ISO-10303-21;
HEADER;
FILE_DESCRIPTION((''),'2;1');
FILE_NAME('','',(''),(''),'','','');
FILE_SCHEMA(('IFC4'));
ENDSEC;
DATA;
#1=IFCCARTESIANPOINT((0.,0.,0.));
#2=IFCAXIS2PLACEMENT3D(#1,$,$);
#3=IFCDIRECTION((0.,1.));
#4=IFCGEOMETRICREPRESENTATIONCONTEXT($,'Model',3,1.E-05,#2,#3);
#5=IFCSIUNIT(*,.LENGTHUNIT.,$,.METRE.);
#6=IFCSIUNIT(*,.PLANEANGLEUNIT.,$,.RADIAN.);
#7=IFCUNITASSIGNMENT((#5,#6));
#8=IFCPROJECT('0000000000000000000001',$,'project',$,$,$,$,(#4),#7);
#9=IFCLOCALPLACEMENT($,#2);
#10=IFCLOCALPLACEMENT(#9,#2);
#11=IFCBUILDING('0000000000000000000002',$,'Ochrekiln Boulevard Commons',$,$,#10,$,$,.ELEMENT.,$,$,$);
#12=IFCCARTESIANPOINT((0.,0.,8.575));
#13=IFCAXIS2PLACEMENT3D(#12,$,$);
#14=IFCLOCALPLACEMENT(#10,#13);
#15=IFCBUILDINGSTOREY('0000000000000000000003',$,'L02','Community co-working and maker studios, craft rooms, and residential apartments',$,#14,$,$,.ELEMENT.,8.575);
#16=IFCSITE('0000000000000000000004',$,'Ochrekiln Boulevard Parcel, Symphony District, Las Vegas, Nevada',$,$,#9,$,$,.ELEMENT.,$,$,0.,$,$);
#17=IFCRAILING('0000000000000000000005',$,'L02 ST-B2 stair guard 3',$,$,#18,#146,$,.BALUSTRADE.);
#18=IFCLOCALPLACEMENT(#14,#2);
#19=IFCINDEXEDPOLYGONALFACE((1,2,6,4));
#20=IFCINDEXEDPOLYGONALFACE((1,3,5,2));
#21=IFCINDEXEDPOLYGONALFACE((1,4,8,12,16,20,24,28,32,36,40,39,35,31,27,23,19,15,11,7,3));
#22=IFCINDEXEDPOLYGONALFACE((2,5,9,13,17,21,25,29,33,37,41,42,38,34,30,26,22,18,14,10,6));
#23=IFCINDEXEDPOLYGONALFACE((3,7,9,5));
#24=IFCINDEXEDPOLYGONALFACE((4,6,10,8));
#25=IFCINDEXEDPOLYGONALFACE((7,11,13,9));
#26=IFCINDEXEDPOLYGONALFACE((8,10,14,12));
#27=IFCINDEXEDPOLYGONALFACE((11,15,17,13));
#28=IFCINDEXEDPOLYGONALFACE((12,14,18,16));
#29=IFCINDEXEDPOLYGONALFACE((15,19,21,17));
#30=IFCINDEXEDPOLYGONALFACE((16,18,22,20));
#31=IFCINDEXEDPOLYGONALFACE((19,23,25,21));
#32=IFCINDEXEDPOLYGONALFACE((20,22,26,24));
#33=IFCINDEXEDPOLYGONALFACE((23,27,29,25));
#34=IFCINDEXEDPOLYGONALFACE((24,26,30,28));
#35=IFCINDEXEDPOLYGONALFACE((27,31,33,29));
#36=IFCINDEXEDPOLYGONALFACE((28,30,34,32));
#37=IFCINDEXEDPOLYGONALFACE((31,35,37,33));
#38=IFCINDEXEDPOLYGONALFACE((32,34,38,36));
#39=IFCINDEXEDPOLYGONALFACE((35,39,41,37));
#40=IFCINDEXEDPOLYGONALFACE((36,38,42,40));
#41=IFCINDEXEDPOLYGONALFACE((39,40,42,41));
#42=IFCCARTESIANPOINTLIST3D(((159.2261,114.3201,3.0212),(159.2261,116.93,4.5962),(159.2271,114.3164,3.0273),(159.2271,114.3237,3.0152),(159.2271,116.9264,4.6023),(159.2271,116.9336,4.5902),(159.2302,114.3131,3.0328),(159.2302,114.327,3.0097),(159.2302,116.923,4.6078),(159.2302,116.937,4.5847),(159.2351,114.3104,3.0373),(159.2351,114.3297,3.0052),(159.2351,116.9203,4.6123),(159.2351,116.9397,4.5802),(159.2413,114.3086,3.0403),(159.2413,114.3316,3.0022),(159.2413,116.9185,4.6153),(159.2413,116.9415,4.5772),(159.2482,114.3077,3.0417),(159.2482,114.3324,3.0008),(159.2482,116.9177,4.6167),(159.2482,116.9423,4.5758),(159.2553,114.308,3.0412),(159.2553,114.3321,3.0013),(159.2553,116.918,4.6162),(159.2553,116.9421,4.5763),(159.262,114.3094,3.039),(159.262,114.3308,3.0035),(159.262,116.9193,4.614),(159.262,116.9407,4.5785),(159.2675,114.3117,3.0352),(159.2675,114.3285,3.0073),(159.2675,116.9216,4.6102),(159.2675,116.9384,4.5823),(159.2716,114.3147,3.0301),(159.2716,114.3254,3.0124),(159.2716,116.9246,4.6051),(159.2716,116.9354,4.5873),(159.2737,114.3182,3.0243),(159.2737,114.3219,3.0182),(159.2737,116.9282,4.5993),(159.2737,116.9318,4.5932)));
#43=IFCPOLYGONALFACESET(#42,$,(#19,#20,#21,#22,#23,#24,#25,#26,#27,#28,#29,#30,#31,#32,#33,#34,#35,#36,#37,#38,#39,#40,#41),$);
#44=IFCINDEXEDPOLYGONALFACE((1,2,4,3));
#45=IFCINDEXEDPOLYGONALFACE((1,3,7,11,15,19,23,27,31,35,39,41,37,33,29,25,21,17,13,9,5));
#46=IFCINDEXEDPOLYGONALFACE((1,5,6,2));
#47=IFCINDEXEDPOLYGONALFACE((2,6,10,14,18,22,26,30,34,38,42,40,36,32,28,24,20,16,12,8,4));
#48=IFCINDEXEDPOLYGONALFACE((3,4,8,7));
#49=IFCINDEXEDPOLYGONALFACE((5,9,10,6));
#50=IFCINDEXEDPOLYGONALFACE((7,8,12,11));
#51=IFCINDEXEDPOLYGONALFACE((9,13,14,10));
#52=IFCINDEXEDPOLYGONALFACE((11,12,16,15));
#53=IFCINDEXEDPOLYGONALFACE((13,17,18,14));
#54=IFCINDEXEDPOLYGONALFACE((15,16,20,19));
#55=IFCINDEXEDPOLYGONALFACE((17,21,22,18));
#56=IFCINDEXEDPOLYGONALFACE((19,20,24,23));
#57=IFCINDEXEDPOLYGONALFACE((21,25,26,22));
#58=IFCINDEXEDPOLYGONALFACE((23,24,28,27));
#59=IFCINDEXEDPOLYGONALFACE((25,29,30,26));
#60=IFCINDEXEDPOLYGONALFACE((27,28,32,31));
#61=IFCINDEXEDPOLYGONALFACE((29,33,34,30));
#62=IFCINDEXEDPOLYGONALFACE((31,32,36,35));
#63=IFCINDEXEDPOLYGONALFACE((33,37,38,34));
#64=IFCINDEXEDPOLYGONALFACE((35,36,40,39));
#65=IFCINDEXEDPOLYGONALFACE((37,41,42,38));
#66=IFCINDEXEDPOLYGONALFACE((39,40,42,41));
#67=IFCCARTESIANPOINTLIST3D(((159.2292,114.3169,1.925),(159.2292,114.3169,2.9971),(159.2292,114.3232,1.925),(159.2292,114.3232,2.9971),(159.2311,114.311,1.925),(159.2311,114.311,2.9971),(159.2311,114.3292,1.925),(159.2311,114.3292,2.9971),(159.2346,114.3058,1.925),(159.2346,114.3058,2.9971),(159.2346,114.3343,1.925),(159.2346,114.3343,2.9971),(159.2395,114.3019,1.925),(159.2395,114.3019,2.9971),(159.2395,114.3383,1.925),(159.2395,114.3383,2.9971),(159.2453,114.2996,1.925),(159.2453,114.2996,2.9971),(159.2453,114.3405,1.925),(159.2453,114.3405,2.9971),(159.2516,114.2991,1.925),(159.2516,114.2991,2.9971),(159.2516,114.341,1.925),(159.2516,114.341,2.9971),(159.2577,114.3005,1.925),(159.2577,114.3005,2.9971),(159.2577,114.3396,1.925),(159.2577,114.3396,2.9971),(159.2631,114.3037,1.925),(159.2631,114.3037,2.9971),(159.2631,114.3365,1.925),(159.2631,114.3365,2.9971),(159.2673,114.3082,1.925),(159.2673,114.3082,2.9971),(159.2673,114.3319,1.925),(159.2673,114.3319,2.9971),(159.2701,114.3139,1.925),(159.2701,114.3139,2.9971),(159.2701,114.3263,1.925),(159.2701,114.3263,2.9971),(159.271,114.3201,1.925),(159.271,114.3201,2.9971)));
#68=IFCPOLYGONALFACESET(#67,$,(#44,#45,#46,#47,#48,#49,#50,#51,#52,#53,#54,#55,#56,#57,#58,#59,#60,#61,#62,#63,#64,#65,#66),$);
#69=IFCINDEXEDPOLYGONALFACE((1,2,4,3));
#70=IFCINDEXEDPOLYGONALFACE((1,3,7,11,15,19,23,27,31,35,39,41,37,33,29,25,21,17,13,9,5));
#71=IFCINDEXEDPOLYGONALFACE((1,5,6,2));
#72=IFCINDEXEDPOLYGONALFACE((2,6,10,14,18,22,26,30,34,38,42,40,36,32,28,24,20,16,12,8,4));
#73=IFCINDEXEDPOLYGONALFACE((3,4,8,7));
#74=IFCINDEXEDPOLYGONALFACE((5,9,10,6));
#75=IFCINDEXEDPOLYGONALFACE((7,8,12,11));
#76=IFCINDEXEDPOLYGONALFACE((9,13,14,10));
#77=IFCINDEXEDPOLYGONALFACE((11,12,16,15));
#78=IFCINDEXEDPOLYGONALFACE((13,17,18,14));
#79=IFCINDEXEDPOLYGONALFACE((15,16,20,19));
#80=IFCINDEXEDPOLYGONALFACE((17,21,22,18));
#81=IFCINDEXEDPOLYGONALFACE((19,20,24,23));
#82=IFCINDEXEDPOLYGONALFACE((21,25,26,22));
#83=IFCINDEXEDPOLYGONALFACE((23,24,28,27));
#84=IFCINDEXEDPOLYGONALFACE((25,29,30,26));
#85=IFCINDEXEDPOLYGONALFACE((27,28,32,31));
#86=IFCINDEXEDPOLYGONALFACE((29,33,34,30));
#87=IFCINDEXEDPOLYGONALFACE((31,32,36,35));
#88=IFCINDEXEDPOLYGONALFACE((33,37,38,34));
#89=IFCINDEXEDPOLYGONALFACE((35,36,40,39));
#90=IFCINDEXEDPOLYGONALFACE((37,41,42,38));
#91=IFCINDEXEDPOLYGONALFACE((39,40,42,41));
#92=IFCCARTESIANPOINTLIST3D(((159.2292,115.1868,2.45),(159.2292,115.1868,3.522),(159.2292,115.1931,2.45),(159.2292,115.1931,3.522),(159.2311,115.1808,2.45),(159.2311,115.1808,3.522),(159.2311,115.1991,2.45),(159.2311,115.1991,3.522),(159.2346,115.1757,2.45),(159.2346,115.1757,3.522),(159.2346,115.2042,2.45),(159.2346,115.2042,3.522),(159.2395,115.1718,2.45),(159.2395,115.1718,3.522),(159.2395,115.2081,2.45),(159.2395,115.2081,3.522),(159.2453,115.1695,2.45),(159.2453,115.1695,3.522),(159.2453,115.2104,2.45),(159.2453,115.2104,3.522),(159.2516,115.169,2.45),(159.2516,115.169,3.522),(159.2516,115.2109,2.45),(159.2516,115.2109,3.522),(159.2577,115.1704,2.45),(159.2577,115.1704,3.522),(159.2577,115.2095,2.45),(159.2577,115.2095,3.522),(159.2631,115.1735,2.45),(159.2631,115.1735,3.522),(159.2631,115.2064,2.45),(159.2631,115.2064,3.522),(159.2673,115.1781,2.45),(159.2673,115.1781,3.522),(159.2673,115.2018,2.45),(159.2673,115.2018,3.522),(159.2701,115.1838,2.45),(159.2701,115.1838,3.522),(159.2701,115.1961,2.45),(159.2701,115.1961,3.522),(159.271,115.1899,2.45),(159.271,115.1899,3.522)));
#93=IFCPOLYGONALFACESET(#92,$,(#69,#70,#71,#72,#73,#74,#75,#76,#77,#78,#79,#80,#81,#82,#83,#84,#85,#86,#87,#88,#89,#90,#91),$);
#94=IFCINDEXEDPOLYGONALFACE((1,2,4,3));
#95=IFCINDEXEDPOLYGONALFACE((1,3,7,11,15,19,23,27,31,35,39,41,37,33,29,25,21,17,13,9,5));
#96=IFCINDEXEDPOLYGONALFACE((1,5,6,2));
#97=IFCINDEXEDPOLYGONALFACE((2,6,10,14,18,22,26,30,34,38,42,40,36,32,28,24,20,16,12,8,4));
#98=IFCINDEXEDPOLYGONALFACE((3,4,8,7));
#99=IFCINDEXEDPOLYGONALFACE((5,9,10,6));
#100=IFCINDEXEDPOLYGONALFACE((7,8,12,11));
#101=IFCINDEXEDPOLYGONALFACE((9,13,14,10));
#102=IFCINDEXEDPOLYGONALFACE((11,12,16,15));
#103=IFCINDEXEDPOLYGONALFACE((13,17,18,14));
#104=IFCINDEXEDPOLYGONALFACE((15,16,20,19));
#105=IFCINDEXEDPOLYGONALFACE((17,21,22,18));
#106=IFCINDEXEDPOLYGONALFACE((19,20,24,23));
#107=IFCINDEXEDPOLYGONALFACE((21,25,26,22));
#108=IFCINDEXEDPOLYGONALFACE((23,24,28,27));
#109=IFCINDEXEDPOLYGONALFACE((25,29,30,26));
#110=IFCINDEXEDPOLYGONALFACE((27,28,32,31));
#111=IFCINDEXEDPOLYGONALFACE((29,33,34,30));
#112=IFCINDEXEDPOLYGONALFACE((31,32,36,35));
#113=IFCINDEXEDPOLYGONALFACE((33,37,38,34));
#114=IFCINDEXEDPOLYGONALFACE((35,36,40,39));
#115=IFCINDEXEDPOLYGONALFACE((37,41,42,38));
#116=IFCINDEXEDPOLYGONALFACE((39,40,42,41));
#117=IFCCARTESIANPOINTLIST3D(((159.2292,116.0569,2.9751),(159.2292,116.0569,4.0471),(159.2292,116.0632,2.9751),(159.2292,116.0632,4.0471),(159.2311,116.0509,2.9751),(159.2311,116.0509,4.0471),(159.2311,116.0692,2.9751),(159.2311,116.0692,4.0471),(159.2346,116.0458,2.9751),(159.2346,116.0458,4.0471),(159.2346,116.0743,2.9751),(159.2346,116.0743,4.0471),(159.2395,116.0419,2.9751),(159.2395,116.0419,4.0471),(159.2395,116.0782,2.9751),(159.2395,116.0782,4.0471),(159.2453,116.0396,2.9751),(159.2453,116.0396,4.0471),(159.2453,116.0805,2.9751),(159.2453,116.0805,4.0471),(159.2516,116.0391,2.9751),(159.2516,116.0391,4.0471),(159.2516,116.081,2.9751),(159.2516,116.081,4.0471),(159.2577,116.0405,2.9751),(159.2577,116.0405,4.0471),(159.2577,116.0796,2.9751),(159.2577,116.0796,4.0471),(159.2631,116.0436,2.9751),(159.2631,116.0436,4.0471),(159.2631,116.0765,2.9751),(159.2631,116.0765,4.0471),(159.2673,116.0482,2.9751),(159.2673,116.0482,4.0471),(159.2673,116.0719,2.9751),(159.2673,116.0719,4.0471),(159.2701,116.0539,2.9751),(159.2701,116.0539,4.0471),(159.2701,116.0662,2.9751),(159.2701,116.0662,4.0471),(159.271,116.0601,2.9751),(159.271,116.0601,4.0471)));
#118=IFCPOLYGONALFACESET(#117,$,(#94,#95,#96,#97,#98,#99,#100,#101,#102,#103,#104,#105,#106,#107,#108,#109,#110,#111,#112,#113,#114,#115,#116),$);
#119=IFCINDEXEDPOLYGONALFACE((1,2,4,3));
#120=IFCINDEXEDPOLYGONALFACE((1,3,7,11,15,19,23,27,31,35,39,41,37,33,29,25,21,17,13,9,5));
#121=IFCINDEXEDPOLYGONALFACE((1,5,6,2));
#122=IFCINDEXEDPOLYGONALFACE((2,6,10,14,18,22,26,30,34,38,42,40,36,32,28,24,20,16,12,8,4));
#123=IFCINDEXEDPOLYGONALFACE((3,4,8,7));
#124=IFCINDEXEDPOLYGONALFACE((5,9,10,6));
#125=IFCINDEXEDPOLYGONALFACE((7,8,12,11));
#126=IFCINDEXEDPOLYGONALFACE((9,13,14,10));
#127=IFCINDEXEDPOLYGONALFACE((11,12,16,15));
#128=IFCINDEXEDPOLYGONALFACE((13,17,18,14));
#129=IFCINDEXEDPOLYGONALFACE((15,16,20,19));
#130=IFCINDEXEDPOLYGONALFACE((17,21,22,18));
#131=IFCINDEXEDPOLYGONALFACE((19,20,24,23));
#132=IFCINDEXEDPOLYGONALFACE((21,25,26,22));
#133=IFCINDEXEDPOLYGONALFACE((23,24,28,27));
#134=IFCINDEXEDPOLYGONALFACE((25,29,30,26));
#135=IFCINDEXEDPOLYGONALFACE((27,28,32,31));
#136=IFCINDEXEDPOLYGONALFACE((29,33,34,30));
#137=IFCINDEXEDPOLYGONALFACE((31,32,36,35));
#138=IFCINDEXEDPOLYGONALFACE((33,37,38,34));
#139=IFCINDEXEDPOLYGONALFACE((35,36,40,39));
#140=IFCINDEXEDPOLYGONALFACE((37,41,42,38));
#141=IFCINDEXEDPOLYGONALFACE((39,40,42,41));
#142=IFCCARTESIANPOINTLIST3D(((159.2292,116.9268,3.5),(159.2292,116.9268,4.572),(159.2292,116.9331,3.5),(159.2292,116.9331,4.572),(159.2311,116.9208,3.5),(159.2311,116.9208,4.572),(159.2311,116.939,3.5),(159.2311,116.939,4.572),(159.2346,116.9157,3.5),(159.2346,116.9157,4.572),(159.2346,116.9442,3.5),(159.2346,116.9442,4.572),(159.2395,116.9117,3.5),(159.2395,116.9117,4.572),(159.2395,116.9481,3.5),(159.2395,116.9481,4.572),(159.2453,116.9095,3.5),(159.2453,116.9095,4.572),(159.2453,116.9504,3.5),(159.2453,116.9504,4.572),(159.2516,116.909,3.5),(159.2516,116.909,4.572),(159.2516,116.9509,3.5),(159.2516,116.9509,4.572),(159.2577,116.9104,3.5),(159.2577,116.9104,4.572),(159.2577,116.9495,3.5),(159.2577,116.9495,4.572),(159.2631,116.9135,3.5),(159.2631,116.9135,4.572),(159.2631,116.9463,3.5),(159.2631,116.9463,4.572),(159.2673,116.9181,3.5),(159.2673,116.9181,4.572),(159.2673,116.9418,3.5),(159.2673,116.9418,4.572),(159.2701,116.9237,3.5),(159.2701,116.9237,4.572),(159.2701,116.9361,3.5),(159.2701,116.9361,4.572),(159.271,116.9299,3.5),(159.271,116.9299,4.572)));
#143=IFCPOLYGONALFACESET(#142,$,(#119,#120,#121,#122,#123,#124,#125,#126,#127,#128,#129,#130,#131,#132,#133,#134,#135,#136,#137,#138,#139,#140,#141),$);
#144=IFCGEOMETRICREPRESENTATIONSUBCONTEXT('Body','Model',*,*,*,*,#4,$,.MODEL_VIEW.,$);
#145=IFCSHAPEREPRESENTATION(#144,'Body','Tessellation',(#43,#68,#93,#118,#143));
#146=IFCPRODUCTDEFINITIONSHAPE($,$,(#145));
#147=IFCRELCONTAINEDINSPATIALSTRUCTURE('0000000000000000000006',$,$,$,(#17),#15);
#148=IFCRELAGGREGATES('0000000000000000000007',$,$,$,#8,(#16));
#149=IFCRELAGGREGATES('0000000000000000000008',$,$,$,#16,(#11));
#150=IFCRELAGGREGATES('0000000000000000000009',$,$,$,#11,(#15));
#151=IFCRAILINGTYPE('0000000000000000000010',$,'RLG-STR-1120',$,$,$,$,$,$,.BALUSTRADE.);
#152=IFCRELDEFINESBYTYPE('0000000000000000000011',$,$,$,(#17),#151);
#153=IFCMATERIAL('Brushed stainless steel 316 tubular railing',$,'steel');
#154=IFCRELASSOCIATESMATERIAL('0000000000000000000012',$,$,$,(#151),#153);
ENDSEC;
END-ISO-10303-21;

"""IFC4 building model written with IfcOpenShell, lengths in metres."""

from ifc_helpers import new_model, si_unit, direction, frame, origin, origin_2d, place, context, subcontext, project, spatial, circle, extrude, material, type_object, element, save


model = new_model("IFC4")

# Units and contexts
model_context = context("Model", 3, precision=1e-05, world=origin(), true_north=direction((0.0, 1.0)))
body_context = subcontext(model_context, "Body", "Model", "MODEL_VIEW")
ifc_project = project(units=[si_unit("LENGTHUNIT", "METRE"), si_unit("PLANEANGLEUNIT", "RADIAN")], contexts=[model_context])

# Site, building, storey
site_placement = place(None, origin())
site = spatial("IfcSite", under=ifc_project, at=site_placement, Name="Ochrekiln Boulevard Parcel, Symphony District, Las Vegas, Nevada", CompositionType="ELEMENT", RefElevation=0.0)
building_placement = place(site_placement, origin())
building = spatial("IfcBuilding", under=site, at=building_placement, Name="Ochrekiln Boulevard Commons", CompositionType="ELEMENT")
storey_placement = place(building_placement, frame((0.0, 0.0, 8.575)))
storey = spatial("IfcBuildingStorey", under=building, at=storey_placement, Name="L02", Description="Community co-working and maker studios, craft rooms, and residential apartments", CompositionType="ELEMENT", Elevation=8.575)

# Railing
ifc_material_1 = material(Name="Brushed stainless steel 316 tubular railing", Category="steel")
railing_type_1 = type_object("IfcRailingType", Name="RLG-STR-1120", PredefinedType="BALUSTRADE", material=ifc_material_1)
railing_1_placement = place(storey_placement, frame((159.25, 114.3201, 1.925)))
element("IfcRailing", 1, at=railing_1_placement, inside=storey, type_object=railing_type_1, Name="L02 ST-B2 stair guard 3", PredefinedType="BALUSTRADE", context=body_context, shape_type="SweptSolid", body=[
    extrude(circle(Radius=0.0239, at=origin_2d()), frame((0.0, 0.0, 1.0962), z_axis=(0.0, 0.856183, 0.516673), x_axis=(-1.0, 0.0, 0.0)), (0.0, 0.0, 1.0), 3.0483),
    extrude(circle(Radius=0.021, at=origin_2d()), origin(), (0.0, 0.0, 1.0), 1.072),
    extrude(circle(Radius=0.021, at=origin_2d()), frame((0.0, 0.8699, 0.5249)), (0.0, 0.0, 1.0), 1.072),
    extrude(circle(Radius=0.021, at=origin_2d()), frame((0.0, 1.74, 1.05)), (0.0, 0.0, 1.0), 1.072),
    extrude(circle(Radius=0.021, at=origin_2d()), frame((0.0, 2.6099, 1.575)), (0.0, 0.0, 1.0), 1.072),
])

save(model, "model.ifc")
